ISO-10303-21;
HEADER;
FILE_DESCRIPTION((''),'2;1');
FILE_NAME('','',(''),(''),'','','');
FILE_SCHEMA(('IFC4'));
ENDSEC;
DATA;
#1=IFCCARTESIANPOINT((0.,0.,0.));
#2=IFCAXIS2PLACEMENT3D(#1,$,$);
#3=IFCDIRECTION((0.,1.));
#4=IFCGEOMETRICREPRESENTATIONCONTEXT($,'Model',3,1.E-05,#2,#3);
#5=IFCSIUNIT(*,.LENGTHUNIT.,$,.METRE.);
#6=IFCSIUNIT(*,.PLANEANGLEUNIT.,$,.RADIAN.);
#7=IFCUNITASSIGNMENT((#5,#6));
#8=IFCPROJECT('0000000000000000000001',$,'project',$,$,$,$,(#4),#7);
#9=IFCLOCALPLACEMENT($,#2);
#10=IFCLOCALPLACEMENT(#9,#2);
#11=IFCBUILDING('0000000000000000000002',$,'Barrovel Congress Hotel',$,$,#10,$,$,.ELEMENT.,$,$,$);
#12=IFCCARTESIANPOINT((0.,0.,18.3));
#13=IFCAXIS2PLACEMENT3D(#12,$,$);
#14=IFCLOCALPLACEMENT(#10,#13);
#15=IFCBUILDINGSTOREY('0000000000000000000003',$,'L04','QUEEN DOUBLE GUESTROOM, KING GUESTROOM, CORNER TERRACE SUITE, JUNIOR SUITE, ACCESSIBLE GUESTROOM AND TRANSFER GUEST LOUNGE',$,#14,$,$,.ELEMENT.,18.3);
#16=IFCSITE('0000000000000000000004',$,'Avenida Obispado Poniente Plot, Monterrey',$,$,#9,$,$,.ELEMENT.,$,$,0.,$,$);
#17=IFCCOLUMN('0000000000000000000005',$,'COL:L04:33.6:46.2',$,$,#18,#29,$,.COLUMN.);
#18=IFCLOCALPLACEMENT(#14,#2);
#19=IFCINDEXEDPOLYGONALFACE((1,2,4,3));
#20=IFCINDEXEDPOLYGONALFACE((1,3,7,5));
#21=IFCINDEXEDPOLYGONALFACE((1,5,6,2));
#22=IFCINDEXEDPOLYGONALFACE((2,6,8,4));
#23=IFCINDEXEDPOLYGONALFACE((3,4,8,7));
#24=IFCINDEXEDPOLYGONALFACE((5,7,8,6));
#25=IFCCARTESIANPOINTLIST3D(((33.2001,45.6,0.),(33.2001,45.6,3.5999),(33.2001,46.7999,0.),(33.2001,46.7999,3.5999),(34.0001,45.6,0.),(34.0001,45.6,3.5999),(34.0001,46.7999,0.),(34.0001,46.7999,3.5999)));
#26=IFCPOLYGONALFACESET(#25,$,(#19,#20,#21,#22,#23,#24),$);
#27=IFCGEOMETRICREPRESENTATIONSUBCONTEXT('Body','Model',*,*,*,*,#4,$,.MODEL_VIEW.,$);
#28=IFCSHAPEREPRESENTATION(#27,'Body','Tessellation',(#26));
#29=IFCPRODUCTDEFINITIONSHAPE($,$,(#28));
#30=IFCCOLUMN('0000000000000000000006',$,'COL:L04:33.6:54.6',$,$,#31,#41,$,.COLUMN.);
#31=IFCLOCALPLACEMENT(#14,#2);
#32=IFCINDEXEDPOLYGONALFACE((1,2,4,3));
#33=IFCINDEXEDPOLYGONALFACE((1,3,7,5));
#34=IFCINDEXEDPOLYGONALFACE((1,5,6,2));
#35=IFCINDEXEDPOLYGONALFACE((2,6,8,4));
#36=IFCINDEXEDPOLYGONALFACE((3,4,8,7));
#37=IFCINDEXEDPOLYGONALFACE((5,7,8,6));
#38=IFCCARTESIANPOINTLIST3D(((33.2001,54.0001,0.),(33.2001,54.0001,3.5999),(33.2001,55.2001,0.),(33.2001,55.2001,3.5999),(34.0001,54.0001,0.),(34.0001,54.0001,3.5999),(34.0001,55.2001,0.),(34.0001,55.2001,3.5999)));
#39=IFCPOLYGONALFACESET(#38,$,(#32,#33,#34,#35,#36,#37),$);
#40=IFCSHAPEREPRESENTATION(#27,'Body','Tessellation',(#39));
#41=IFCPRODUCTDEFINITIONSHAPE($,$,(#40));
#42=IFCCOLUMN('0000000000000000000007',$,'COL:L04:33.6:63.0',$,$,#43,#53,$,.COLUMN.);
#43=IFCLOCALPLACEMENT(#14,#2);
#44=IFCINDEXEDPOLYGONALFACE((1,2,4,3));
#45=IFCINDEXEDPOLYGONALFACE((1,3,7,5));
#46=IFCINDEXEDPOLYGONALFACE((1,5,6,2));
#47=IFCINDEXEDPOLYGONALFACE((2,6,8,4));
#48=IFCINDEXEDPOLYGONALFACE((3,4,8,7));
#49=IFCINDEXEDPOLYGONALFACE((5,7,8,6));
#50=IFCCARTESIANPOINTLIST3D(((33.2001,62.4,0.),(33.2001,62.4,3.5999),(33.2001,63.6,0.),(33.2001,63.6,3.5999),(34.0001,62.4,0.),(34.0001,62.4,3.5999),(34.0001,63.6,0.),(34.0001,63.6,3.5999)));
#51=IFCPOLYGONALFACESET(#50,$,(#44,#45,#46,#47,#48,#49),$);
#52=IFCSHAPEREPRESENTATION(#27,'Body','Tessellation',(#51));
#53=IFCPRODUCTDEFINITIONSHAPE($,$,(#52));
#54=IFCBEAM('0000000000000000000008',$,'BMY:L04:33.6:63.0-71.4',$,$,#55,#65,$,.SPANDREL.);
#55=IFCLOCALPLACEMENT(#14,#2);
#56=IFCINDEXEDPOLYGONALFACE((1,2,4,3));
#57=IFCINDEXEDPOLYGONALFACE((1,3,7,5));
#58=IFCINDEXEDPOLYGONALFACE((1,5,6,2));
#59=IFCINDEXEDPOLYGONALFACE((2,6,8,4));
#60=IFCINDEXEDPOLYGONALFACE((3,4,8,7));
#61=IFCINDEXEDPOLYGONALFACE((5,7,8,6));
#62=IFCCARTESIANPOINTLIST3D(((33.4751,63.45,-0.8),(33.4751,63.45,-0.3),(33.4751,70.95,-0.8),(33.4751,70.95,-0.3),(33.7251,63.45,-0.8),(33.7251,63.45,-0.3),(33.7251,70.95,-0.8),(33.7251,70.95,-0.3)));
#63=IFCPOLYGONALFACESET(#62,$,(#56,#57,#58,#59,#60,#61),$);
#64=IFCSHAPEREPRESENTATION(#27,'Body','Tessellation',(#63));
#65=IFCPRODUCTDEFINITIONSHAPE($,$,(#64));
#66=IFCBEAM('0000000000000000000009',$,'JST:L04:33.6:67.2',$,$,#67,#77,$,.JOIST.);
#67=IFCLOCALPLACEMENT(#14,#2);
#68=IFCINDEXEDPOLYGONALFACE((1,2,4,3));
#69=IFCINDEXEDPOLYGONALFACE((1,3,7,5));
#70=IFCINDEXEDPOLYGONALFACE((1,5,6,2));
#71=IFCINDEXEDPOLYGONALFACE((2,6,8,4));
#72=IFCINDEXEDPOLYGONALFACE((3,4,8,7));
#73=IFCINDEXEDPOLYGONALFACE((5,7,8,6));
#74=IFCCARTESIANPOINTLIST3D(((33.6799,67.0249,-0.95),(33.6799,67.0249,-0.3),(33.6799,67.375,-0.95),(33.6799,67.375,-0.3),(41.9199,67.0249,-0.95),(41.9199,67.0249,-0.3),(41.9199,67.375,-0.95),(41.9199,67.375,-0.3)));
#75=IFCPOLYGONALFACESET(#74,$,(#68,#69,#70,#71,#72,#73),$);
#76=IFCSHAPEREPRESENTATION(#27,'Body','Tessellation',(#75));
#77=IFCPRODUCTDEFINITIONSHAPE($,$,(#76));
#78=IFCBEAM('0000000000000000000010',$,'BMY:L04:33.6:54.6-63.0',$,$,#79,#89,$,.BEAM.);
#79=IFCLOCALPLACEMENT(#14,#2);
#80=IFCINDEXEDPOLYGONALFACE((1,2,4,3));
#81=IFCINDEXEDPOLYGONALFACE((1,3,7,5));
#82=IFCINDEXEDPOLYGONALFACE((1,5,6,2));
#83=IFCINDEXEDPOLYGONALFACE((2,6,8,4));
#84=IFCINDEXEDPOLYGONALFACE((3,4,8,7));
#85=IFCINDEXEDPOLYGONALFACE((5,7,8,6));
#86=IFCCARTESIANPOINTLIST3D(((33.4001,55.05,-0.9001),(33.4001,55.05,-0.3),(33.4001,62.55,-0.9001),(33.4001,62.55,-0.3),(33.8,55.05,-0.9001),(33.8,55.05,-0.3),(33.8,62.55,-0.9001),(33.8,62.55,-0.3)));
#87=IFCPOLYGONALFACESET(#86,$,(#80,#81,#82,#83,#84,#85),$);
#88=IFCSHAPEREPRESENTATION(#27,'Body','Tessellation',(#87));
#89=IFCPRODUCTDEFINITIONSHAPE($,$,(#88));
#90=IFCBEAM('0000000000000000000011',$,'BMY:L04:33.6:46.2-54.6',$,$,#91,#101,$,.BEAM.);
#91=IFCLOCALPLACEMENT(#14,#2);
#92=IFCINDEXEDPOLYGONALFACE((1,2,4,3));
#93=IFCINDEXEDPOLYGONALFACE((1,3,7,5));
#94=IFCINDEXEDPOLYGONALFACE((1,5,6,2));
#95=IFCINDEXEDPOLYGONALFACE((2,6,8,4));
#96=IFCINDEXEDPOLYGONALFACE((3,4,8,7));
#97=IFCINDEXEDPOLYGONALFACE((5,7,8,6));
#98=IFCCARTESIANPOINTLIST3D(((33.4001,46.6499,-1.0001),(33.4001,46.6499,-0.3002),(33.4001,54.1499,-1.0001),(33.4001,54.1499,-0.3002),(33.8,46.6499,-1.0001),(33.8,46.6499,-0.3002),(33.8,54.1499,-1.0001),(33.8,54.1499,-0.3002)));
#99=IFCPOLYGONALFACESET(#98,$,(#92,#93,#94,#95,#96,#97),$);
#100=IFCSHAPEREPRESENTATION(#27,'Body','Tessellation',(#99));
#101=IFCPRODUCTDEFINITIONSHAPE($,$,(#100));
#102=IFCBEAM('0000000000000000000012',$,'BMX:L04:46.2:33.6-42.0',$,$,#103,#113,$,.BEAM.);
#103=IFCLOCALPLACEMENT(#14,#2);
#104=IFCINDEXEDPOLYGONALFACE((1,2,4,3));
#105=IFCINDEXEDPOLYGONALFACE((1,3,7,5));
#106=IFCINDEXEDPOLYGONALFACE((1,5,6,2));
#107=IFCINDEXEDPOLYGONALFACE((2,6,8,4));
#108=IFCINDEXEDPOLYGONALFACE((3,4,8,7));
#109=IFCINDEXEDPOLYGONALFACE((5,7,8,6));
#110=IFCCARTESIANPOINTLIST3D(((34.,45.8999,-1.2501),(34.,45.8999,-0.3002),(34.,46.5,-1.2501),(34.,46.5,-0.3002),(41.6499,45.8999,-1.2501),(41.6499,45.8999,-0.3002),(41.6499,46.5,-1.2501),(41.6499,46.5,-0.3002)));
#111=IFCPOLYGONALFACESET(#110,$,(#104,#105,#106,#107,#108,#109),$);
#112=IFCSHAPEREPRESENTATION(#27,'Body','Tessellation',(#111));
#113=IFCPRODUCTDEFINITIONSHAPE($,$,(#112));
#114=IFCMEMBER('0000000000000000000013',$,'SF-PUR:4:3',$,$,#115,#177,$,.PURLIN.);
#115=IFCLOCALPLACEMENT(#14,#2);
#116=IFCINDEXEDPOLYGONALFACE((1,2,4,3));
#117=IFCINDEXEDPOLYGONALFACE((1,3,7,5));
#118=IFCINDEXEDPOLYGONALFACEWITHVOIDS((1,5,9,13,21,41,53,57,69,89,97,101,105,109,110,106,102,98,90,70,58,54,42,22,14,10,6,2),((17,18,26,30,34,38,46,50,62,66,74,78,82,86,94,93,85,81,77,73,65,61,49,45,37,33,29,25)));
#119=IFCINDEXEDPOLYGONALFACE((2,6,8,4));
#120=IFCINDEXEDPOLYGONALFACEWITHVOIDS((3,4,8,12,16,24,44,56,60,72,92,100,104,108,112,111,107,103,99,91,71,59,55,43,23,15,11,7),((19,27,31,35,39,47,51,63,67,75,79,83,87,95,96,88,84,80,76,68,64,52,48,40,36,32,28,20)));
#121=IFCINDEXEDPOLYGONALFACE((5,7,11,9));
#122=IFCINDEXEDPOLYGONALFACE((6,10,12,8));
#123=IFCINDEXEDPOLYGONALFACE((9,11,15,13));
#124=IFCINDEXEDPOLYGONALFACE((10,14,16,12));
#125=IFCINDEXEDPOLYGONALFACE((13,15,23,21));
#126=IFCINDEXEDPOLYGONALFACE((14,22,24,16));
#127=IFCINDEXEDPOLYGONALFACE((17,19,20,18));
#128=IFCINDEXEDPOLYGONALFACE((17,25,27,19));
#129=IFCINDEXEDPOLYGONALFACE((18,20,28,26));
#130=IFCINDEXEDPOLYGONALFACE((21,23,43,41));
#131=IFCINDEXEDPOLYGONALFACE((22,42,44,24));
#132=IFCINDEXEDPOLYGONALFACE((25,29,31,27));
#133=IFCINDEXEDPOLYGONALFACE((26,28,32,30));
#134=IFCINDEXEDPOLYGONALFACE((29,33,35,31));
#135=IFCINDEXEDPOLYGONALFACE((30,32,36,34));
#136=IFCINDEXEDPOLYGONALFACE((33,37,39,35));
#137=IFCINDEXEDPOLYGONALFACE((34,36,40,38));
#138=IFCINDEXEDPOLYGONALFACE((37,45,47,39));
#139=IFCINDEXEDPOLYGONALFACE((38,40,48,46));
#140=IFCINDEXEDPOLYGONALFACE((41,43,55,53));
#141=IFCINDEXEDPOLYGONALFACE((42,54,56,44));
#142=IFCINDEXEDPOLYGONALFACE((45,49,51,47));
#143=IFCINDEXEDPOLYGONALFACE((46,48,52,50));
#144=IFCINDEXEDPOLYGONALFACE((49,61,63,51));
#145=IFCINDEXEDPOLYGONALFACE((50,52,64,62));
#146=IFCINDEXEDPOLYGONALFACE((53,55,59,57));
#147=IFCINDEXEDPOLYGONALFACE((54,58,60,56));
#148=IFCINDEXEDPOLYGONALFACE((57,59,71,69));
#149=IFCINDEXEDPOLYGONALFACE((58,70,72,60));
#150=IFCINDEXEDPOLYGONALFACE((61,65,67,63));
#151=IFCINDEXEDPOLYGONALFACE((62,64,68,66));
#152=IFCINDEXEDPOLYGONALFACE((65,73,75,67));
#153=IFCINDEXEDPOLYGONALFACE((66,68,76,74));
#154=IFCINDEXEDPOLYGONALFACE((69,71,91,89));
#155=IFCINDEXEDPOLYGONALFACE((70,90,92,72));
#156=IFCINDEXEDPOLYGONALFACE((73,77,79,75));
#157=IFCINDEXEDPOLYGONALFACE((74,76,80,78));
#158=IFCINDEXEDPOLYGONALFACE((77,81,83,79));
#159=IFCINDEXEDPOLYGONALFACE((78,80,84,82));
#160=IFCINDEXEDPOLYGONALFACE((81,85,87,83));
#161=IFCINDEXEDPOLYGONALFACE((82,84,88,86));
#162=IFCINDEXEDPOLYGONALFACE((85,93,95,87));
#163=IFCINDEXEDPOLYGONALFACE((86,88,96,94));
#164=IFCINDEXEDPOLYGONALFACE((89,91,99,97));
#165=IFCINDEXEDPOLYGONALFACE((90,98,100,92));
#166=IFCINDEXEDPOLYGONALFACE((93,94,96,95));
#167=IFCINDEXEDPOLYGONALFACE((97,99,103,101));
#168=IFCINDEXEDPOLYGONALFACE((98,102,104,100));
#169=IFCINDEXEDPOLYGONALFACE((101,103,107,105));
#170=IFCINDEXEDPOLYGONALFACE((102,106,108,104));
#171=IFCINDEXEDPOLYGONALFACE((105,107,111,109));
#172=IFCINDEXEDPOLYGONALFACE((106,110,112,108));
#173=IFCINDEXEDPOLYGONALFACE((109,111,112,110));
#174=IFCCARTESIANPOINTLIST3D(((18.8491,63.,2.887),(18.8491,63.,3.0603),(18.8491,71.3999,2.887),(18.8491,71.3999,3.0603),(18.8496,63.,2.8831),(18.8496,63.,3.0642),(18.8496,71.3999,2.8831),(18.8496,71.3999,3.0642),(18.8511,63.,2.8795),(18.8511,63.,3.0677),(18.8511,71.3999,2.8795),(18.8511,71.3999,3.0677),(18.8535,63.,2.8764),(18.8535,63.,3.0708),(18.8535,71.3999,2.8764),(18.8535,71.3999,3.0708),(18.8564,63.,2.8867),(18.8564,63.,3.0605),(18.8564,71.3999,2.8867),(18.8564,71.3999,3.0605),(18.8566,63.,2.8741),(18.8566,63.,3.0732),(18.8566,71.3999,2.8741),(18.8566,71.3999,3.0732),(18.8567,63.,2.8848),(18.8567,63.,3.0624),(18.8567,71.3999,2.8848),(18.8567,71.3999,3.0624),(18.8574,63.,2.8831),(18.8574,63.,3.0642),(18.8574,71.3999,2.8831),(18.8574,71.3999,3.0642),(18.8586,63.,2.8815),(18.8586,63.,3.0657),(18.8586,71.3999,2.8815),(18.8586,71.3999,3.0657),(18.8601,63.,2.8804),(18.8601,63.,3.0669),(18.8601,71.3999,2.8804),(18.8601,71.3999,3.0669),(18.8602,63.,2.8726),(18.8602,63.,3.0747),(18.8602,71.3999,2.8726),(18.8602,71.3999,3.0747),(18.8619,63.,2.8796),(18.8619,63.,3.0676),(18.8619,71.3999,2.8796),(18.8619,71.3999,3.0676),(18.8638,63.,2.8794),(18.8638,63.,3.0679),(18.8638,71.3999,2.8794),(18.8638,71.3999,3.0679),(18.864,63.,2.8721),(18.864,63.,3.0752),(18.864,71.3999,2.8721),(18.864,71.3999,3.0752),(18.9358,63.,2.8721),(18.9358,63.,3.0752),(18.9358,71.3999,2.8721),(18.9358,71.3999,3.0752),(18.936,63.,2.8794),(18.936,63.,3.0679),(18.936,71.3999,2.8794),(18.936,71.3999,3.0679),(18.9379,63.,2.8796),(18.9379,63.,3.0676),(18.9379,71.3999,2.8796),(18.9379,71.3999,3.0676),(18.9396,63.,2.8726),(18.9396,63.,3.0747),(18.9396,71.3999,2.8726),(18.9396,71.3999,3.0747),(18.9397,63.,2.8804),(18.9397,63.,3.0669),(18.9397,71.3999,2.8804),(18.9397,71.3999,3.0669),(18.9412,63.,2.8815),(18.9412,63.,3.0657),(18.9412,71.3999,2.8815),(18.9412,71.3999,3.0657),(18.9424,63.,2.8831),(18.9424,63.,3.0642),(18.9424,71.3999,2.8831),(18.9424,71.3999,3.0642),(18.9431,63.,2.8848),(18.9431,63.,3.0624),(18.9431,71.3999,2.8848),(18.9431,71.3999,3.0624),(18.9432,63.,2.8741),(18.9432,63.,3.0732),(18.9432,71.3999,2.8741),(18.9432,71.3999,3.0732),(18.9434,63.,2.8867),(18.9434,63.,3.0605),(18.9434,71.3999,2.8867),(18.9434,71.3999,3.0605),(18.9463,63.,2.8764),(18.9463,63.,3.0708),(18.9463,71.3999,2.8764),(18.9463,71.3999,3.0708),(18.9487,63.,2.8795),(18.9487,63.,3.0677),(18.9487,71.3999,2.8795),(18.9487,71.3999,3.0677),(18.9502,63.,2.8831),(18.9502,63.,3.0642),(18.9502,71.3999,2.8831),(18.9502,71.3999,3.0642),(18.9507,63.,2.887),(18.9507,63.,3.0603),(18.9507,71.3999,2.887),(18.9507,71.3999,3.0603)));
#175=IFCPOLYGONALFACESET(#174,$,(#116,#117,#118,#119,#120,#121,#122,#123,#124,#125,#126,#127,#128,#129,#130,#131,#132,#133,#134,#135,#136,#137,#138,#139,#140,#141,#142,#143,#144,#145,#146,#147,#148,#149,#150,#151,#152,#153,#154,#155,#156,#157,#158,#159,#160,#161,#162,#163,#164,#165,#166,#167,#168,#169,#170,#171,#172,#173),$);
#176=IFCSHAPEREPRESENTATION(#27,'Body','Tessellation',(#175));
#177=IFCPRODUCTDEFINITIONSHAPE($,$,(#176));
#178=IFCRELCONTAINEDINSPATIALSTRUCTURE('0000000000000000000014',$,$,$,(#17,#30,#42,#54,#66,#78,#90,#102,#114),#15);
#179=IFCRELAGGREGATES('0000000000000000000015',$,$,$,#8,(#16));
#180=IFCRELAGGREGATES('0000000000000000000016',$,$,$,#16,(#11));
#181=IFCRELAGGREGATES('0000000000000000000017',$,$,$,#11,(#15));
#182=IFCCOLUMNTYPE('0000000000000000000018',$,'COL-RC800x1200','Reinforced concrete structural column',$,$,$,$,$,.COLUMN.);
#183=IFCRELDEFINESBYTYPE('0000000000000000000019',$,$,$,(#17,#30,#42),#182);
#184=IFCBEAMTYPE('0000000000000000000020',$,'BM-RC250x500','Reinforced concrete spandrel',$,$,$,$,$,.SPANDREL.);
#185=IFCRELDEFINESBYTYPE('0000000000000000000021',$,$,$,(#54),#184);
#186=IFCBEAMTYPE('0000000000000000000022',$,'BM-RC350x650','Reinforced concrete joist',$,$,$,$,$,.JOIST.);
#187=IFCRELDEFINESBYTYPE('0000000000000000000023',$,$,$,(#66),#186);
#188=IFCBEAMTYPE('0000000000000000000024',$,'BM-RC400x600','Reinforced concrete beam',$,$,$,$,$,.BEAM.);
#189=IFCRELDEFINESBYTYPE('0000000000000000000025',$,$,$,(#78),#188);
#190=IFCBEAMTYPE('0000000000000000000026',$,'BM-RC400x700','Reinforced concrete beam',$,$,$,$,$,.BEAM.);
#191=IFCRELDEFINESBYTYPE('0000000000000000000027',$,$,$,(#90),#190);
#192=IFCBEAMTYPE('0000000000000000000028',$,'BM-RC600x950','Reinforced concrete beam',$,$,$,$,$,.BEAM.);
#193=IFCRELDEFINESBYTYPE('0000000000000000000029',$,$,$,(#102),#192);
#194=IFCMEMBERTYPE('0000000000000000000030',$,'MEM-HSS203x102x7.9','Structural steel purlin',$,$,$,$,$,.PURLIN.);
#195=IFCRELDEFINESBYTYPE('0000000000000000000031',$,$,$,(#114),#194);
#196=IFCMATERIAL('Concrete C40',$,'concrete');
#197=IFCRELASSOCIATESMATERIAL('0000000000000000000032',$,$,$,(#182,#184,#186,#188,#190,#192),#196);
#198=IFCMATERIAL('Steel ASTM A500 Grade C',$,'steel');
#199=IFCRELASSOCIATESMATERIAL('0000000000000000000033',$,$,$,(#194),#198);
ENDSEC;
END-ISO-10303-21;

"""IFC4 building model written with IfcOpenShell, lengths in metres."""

from ifc_helpers import new_model, si_unit, direction, frame, origin, origin_2d, place, context, subcontext, project, spatial, rectangle, hollow_rectangle, extrude, material, material_profile, profile_set, type_object, element, save


model = new_model("IFC4")

# Units and contexts
model_context = context("Model", 3, precision=1e-05, world=origin(), true_north=direction((0.0, 1.0)))
body_context = subcontext(model_context, "Body", "Model", "MODEL_VIEW")
ifc_project = project(units=[si_unit("LENGTHUNIT", "METRE"), si_unit("PLANEANGLEUNIT", "RADIAN")], contexts=[model_context])

# Site, building, storey
site_placement = place(None, origin())
site = spatial("IfcSite", under=ifc_project, at=site_placement, Name="Avenida Obispado Poniente Plot, Monterrey", CompositionType="ELEMENT", RefElevation=0.0)
building_placement = place(site_placement, origin())
building = spatial("IfcBuilding", under=site, at=building_placement, Name="Barrovel Congress Hotel", CompositionType="ELEMENT")
storey_placement = place(building_placement, frame((0.0, 0.0, 18.3)))
storey = spatial("IfcBuildingStorey", under=building, at=storey_placement, Name="L04", Description="QUEEN DOUBLE GUESTROOM, KING GUESTROOM, CORNER TERRACE SUITE, JUNIOR SUITE, ACCESSIBLE GUESTROOM AND TRANSFER GUEST LOUNGE", CompositionType="ELEMENT", Elevation=18.3)

# Columns
ifc_material_1 = material(Name="Concrete C40", Category="concrete")
ifc_material_profile_1 = material_profile(ifc_material_1, rectangle(XDim=0.8, YDim=1.2, at=origin_2d()), Name="RC800x1200")
ifc_profile_set_1 = profile_set([ifc_material_profile_1], Name="Concrete C40")
column_type = type_object("IfcColumnType", Name="COL-RC800x1200", Description="Reinforced concrete structural column", PredefinedType="COLUMN", material=ifc_profile_set_1)
for number, where, z_axis, x_axis, name in (
    (1, (33.6001, 46.2, 0.0), (0.0, 0.0, 1.0), (1.0, 0.0, 0.0), "COL:L04:33.6:46.2"),
    (2, (33.6001, 54.6001, 0.0), (0.0, 0.0, 1.0), (1.0, 0.0, 0.0), "COL:L04:33.6:54.6"),
    (3, (33.6001, 63.0, 0.0), (0.0, 0.0, 1.0), (1.0, 0.0, 0.0), "COL:L04:33.6:63.0"),
):
    element("IfcColumn", number, at=place(storey_placement, frame(where, z_axis=z_axis, x_axis=x_axis)), inside=storey, type_object=column_type, Name=name, PredefinedType="COLUMN", context=body_context, shape_type="SweptSolid", body=[
        extrude(rectangle(XDim=0.8, YDim=1.2, at=origin_2d()), origin(), (0.0, 0.0, 1.0), 3.5999),
    ])

# Beams
ifc_material_profile_2 = material_profile(ifc_material_1, rectangle(XDim=0.25, YDim=0.5, at=origin_2d()), Name="RC250x500")
ifc_profile_set_2 = profile_set([ifc_material_profile_2], Name="Concrete C40")
beam_type_1 = type_object("IfcBeamType", Name="BM-RC250x500", Description="Reinforced concrete spandrel", PredefinedType="SPANDREL", material=ifc_profile_set_2)
beam_1_placement = place(storey_placement, frame((33.6001, 63.45, -0.55), z_axis=(0.0, 1.0, 0.0), x_axis=(-1.0, 0.0, 0.0)))
element("IfcBeam", 4, at=beam_1_placement, inside=storey, type_object=beam_type_1, Name="BMY:L04:33.6:63.0-71.4", PredefinedType="SPANDREL", context=body_context, shape_type="SweptSolid", body=[
    extrude(rectangle(XDim=0.25, YDim=0.5, at=origin_2d()), origin(), (0.0, 0.0, 1.0), 7.5),
])
ifc_material_profile_3 = material_profile(ifc_material_1, rectangle(XDim=0.3501, YDim=0.6499, at=origin_2d()), Name="RC350x650")
ifc_profile_set_3 = profile_set([ifc_material_profile_3], Name="Concrete C40")
beam_type_2 = type_object("IfcBeamType", Name="BM-RC350x650", Description="Reinforced concrete joist", PredefinedType="JOIST", material=ifc_profile_set_3)
beam_2_placement = place(storey_placement, frame((33.6799, 67.2, -0.625), z_axis=(1.0, 0.0, 0.0), x_axis=(0.0, 1.0, 0.0)))
element("IfcBeam", 5, at=beam_2_placement, inside=storey, type_object=beam_type_2, Name="JST:L04:33.6:67.2", PredefinedType="JOIST", context=body_context, shape_type="SweptSolid", body=[
    extrude(rectangle(XDim=0.3501, YDim=0.6499, at=origin_2d()), origin(), (0.0, 0.0, 1.0), 8.24),
])
ifc_material_profile_4 = material_profile(ifc_material_1, rectangle(XDim=0.3999, YDim=0.6001, at=origin_2d()), Name="RC400x600")
ifc_profile_set_4 = profile_set([ifc_material_profile_4], Name="Concrete C40")
beam_type_3 = type_object("IfcBeamType", Name="BM-RC400x600", Description="Reinforced concrete beam", PredefinedType="BEAM", material=ifc_profile_set_4)
beam_3_placement = place(storey_placement, frame((33.6001, 55.05, -0.6001), z_axis=(0.0, 1.0, 0.0), x_axis=(-1.0, 0.0, 0.0)))
element("IfcBeam", 6, at=beam_3_placement, inside=storey, type_object=beam_type_3, Name="BMY:L04:33.6:54.6-63.0", PredefinedType="BEAM", context=body_context, shape_type="SweptSolid", body=[
    extrude(rectangle(XDim=0.3999, YDim=0.6001, at=origin_2d()), origin(), (0.0, 0.0, 1.0), 7.5),
])
ifc_material_profile_5 = material_profile(ifc_material_1, rectangle(XDim=0.3999, YDim=0.7, at=origin_2d()), Name="RC400x700")
ifc_profile_set_5 = profile_set([ifc_material_profile_5], Name="Concrete C40")
beam_type_4 = type_object("IfcBeamType", Name="BM-RC400x700", Description="Reinforced concrete beam", PredefinedType="BEAM", material=ifc_profile_set_5)
beam_4_placement = place(storey_placement, frame((33.6001, 46.6499, -0.6501), z_axis=(0.0, 1.0, 0.0), x_axis=(-1.0, 0.0, 0.0)))
element("IfcBeam", 7, at=beam_4_placement, inside=storey, type_object=beam_type_4, Name="BMY:L04:33.6:46.2-54.6", PredefinedType="BEAM", context=body_context, shape_type="SweptSolid", body=[
    extrude(rectangle(XDim=0.3999, YDim=0.7, at=origin_2d()), origin(), (0.0, 0.0, 1.0), 7.5),
])
ifc_material_profile_6 = material_profile(ifc_material_1, rectangle(XDim=0.6001, YDim=0.95, at=origin_2d()), Name="RC600x950")
ifc_profile_set_6 = profile_set([ifc_material_profile_6], Name="Concrete C40")
beam_type_5 = type_object("IfcBeamType", Name="BM-RC600x950", Description="Reinforced concrete beam", PredefinedType="BEAM", material=ifc_profile_set_6)
beam_5_placement = place(storey_placement, frame((34.0, 46.2, -0.7751), z_axis=(1.0, 0.0, 0.0), x_axis=(0.0, 1.0, 0.0)))
element("IfcBeam", 8, at=beam_5_placement, inside=storey, type_object=beam_type_5, Name="BMX:L04:46.2:33.6-42.0", PredefinedType="BEAM", context=body_context, shape_type="SweptSolid", body=[
    extrude(rectangle(XDim=0.6001, YDim=0.95, at=origin_2d()), origin(), (0.0, 0.0, 1.0), 7.6499),
])

# Member
ifc_material_2 = material(Name="Steel ASTM A500 Grade C", Category="steel")
ifc_material_profile_7 = material_profile(ifc_material_2, hollow_rectangle(XDim=0.1016, YDim=0.2031, WallThickness=0.0073, InnerFilletRadius=0.0073, OuterFilletRadius=0.0149, at=origin_2d()), Name="HSS203x102x7.9")
ifc_profile_set_7 = profile_set([ifc_material_profile_7], Name="Steel ASTM A500 Grade C")
member_type = type_object("IfcMemberType", Name="MEM-HSS203x102x7.9", Description="Structural steel purlin", PredefinedType="PURLIN", material=ifc_profile_set_7)
member_1_placement = place(storey_placement, frame((18.8999, 63.0, 2.9736), z_axis=(0.0, 1.0, 0.0), x_axis=(-1.0, 0.0, 0.0)))
element("IfcMember", 9, at=member_1_placement, inside=storey, type_object=member_type, Name="SF-PUR:4:3", PredefinedType="PURLIN", context=body_context, shape_type="SweptSolid", body=[
    extrude(hollow_rectangle(XDim=0.1016, YDim=0.2031, WallThickness=0.0073, InnerFilletRadius=0.0073, OuterFilletRadius=0.0149, at=origin_2d()), origin(), (0.0, 0.0, 1.0), 8.3999),
])

save(model, "model.ifc")
